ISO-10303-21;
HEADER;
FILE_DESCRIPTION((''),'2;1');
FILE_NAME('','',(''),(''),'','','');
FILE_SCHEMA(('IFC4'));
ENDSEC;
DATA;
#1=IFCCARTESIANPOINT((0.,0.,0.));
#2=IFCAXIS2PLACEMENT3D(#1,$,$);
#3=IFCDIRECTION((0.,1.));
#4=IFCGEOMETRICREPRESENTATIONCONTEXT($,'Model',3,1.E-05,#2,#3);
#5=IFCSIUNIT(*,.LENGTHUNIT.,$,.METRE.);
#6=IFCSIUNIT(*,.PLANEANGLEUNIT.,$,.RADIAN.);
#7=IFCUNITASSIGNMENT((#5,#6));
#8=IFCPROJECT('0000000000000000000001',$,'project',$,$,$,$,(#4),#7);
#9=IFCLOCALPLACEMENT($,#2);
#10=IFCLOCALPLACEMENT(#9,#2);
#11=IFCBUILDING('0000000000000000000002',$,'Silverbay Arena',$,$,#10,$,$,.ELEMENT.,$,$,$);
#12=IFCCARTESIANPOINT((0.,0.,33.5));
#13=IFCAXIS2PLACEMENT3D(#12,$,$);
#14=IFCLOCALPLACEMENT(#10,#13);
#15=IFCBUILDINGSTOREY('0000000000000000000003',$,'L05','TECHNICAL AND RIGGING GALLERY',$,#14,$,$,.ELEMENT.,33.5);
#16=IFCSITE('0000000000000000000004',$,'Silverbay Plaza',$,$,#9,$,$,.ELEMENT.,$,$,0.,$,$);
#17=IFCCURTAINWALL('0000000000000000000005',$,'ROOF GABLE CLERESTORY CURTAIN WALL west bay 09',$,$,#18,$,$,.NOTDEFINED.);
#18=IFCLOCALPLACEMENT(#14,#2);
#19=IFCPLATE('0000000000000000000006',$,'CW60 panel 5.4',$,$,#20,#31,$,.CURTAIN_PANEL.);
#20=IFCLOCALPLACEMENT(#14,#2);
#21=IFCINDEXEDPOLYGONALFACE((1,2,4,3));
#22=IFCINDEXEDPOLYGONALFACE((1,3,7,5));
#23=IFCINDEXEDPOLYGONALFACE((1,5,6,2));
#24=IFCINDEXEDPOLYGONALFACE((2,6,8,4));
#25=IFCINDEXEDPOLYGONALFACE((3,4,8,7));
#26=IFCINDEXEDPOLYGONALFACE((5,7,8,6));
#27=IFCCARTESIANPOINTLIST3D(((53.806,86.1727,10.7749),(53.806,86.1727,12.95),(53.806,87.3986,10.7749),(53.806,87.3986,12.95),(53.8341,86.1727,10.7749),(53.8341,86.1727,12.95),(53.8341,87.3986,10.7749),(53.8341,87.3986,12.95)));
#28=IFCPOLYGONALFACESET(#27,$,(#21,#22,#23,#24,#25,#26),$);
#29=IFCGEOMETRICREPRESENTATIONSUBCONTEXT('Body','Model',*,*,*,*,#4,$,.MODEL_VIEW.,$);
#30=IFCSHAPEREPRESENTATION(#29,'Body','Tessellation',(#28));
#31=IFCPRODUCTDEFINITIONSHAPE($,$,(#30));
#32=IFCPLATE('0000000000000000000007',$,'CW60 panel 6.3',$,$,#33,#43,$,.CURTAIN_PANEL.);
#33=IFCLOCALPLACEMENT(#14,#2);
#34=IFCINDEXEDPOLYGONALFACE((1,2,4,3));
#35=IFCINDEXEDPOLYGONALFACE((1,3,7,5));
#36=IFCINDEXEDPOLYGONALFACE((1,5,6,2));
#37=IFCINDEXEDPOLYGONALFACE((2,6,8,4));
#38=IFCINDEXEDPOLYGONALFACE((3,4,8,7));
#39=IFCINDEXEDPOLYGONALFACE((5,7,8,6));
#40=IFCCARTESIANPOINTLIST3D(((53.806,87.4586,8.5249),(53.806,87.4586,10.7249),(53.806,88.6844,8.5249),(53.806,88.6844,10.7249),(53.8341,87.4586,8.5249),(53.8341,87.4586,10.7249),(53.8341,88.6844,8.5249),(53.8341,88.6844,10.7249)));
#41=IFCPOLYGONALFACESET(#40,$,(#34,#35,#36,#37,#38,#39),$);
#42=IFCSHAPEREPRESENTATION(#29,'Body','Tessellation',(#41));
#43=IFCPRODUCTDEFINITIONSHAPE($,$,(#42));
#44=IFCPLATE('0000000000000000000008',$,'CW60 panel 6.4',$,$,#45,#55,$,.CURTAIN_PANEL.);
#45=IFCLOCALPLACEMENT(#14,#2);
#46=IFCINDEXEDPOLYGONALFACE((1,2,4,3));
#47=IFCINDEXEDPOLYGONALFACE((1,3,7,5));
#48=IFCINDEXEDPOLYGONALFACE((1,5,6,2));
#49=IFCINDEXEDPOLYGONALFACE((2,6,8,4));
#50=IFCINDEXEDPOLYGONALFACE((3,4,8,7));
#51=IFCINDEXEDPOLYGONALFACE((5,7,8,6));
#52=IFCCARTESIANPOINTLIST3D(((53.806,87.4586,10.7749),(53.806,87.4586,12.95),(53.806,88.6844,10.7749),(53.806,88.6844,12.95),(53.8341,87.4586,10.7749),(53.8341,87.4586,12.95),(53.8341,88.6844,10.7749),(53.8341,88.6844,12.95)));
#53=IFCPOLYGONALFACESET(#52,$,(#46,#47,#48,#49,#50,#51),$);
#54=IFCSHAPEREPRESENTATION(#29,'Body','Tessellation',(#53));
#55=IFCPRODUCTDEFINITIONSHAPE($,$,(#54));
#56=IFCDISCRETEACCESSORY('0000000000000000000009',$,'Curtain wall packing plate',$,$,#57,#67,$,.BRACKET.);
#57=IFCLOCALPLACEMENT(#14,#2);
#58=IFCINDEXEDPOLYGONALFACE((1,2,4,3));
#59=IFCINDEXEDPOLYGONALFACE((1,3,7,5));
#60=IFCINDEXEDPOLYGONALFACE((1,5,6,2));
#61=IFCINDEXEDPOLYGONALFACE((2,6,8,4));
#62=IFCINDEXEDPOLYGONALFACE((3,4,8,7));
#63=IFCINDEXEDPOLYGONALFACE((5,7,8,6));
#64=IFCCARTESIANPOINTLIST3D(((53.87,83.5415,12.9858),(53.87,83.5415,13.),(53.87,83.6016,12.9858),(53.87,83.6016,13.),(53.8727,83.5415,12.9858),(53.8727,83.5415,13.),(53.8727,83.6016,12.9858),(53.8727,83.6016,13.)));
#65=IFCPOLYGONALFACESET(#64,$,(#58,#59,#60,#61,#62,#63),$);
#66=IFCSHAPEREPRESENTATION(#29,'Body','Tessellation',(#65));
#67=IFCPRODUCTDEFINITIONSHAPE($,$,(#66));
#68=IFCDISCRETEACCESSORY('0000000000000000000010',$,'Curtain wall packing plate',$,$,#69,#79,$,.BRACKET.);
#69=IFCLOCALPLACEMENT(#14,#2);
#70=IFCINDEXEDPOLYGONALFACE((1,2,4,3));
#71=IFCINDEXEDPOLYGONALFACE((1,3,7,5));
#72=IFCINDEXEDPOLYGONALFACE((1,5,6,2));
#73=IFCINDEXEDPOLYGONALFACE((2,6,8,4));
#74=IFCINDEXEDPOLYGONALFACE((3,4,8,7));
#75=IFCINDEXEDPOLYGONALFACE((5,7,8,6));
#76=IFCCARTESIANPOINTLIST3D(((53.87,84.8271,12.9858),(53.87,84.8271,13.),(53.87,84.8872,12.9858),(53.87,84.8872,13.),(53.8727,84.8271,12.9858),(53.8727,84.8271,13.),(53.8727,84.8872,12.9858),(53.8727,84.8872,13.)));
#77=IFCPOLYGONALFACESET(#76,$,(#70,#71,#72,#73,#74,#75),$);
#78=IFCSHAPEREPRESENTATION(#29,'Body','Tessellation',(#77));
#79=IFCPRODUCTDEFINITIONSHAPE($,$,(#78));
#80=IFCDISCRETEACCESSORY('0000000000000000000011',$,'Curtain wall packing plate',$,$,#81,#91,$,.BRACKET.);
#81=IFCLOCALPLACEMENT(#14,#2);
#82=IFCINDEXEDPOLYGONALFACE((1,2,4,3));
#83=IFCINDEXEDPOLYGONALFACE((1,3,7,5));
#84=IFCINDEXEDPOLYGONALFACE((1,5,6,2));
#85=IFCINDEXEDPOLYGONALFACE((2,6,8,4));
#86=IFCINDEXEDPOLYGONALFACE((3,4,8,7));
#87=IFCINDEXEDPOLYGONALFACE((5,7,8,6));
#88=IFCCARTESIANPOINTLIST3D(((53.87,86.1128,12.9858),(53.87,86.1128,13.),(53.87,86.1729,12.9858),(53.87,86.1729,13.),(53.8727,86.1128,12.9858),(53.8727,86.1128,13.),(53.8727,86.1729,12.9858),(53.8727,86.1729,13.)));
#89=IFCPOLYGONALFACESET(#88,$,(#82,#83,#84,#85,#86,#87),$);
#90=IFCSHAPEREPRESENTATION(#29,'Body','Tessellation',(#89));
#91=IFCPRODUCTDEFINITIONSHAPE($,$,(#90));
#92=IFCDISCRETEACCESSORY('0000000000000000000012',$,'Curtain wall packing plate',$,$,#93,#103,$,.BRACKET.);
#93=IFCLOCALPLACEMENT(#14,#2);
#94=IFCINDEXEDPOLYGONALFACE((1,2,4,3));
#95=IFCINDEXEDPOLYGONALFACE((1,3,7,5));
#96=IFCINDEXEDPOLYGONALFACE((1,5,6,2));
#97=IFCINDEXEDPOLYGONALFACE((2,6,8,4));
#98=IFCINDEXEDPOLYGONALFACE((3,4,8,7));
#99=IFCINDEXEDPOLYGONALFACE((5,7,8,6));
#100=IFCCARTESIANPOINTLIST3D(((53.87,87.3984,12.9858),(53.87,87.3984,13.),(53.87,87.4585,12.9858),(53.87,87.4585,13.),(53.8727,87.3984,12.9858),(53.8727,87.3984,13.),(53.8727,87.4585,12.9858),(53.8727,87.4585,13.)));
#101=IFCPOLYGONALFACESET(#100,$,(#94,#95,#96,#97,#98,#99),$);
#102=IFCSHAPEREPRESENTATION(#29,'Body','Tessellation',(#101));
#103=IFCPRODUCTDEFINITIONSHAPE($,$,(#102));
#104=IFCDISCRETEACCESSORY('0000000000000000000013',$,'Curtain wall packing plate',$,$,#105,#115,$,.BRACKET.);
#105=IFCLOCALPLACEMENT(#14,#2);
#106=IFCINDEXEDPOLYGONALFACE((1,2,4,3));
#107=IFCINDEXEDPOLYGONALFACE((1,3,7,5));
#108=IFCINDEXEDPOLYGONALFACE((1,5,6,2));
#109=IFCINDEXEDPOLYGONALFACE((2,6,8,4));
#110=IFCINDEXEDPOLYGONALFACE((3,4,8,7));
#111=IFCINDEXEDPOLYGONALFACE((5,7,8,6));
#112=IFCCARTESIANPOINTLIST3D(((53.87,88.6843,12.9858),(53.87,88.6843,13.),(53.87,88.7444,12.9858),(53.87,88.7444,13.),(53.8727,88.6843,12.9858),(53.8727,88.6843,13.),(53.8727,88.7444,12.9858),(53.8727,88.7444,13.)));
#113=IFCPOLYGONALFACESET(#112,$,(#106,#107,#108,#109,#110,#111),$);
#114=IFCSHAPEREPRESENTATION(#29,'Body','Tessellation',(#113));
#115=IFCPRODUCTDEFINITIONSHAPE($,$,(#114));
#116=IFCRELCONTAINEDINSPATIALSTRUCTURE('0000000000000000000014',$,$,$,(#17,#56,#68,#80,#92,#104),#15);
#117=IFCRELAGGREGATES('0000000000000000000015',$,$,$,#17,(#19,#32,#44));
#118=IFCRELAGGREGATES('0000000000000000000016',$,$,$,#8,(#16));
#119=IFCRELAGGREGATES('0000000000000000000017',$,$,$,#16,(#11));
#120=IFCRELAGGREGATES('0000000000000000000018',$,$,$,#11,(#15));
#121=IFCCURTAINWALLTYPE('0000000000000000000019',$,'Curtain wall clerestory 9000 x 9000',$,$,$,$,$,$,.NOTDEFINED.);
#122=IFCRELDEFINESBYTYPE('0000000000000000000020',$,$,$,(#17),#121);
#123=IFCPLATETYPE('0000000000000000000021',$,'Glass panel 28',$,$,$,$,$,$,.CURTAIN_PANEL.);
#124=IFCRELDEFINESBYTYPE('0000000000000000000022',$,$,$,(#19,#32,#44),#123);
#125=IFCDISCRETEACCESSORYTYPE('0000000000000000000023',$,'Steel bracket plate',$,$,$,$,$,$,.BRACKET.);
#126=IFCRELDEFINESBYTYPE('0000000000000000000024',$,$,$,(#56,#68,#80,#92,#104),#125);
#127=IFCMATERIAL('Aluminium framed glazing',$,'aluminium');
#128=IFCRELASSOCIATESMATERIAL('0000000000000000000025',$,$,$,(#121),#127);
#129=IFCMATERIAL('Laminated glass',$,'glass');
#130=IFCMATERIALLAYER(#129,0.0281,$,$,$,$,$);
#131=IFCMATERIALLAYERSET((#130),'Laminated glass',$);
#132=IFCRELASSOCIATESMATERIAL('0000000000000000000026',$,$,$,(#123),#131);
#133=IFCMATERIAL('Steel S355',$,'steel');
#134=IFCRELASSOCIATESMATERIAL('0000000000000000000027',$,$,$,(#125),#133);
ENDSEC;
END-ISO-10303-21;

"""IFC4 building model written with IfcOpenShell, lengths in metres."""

from ifc_helpers import new_model, si_unit, direction, frame, origin, origin_2d, place, context, subcontext, project, spatial, rectangle, extrude, material, layer, layer_set, type_object, element, aggregate, save


model = new_model("IFC4")

# Units and contexts
model_context = context("Model", 3, precision=1e-05, world=origin(), true_north=direction((0.0, 1.0)))
body_context = subcontext(model_context, "Body", "Model", "MODEL_VIEW")
ifc_project = project(units=[si_unit("LENGTHUNIT", "METRE"), si_unit("PLANEANGLEUNIT", "RADIAN")], contexts=[model_context])

# Site, building, storey
site_placement = place(None, origin())
site = spatial("IfcSite", under=ifc_project, at=site_placement, Name="Silverbay Plaza", CompositionType="ELEMENT", RefElevation=0.0)
building_placement = place(site_placement, origin())
building = spatial("IfcBuilding", under=site, at=building_placement, Name="Silverbay Arena", CompositionType="ELEMENT")
storey_placement = place(building_placement, frame((0.0, 0.0, 33.5)))
storey = spatial("IfcBuildingStorey", under=building, at=storey_placement, Name="L05", Description="TECHNICAL AND RIGGING GALLERY", CompositionType="ELEMENT", Elevation=33.5)

# Curtain wall, plates
ifc_material_1 = material(Name="Aluminium framed glazing", Category="aluminium")
curtain_wall_type = type_object("IfcCurtainWallType", Name="Curtain wall clerestory 9000 x 9000", PredefinedType="NOTDEFINED", material=ifc_material_1)
curtain_wall_placement = place(storey_placement, origin())
curtain_wall = element("IfcCurtainWall", 1, at=curtain_wall_placement, inside=storey, type_object=curtain_wall_type, Name="ROOF GABLE CLERESTORY CURTAIN WALL west bay 09", PredefinedType="NOTDEFINED")
ifc_material_2 = material(Name="Laminated glass", Category="glass")
ifc_layer = layer(ifc_material_2, 0.0281)
ifc_layer_set = layer_set([ifc_layer], Name="Laminated glass")
plate_type = type_object("IfcPlateType", Name="Glass panel 28", PredefinedType="CURTAIN_PANEL", material=ifc_layer_set)
plate_1_placement = place(storey_placement, frame((53.8201, 86.7856, 10.7749), z_axis=(0.0, 0.0, 1.0), x_axis=(0.0, 1.0, 0.0)))
plate_1 = element("IfcPlate", 2, at=plate_1_placement, type_object=plate_type, Name="CW60 panel 5.4", PredefinedType="CURTAIN_PANEL", context=body_context, shape_type="SweptSolid", body=[
    extrude(rectangle(XDim=1.2258, YDim=0.0281, at=origin_2d()), origin(), (0.0, 0.0, 1.0), 2.175),
])
plate_2_placement = place(storey_placement, frame((53.8201, 88.0715, 8.5249), z_axis=(0.0, 0.0, 1.0), x_axis=(0.0, 1.0, 0.0)))
plate_2 = element("IfcPlate", 3, at=plate_2_placement, type_object=plate_type, Name="CW60 panel 6.3", PredefinedType="CURTAIN_PANEL", context=body_context, shape_type="SweptSolid", body=[
    extrude(rectangle(XDim=1.2258, YDim=0.0281, at=origin_2d()), origin(), (0.0, 0.0, 1.0), 2.2),
])
plate_3_placement = place(storey_placement, frame((53.8201, 88.0715, 10.7749), z_axis=(0.0, 0.0, 1.0), x_axis=(0.0, 1.0, 0.0)))
plate_3 = element("IfcPlate", 4, at=plate_3_placement, type_object=plate_type, Name="CW60 panel 6.4", PredefinedType="CURTAIN_PANEL", context=body_context, shape_type="SweptSolid", body=[
    extrude(rectangle(XDim=1.2258, YDim=0.0281, at=origin_2d()), origin(), (0.0, 0.0, 1.0), 2.175),
])
aggregate(curtain_wall, [plate_1, plate_2, plate_3])

# Discrete accessories
ifc_material_3 = material(Name="Steel S355", Category="steel")
discrete_accessory_type = type_object("IfcDiscreteAccessoryType", Name="Steel bracket plate", PredefinedType="BRACKET", material=ifc_material_3)
for number, where, z_axis, x_axis, name in (
    (5, (53.8713, 83.5715, 12.9858), (0.0, 0.0, 1.0), (1.0, 0.0, 0.0), "Curtain wall packing plate"),
    (6, (53.8713, 84.8572, 12.9858), (0.0, 0.0, 1.0), (1.0, 0.0, 0.0), "Curtain wall packing plate"),
    (7, (53.8713, 86.1428, 12.9858), (0.0, 0.0, 1.0), (1.0, 0.0, 0.0), "Curtain wall packing plate"),
    (8, (53.8713, 87.4285, 12.9858), (0.0, 0.0, 1.0), (1.0, 0.0, 0.0), "Curtain wall packing plate"),
    (9, (53.8713, 88.7144, 12.9858), (0.0, 0.0, 1.0), (1.0, 0.0, 0.0), "Curtain wall packing plate"),
):
    element("IfcDiscreteAccessory", number, at=place(storey_placement, frame(where, z_axis=z_axis, x_axis=x_axis)), inside=storey, type_object=discrete_accessory_type, Name=name, PredefinedType="BRACKET", context=body_context, shape_type="SweptSolid", body=[
        extrude(rectangle(XDim=0.0027, YDim=0.0601, at=origin_2d()), origin(), (0.0, 0.0, 1.0), 0.0142),
    ])

save(model, "model.ifc")
